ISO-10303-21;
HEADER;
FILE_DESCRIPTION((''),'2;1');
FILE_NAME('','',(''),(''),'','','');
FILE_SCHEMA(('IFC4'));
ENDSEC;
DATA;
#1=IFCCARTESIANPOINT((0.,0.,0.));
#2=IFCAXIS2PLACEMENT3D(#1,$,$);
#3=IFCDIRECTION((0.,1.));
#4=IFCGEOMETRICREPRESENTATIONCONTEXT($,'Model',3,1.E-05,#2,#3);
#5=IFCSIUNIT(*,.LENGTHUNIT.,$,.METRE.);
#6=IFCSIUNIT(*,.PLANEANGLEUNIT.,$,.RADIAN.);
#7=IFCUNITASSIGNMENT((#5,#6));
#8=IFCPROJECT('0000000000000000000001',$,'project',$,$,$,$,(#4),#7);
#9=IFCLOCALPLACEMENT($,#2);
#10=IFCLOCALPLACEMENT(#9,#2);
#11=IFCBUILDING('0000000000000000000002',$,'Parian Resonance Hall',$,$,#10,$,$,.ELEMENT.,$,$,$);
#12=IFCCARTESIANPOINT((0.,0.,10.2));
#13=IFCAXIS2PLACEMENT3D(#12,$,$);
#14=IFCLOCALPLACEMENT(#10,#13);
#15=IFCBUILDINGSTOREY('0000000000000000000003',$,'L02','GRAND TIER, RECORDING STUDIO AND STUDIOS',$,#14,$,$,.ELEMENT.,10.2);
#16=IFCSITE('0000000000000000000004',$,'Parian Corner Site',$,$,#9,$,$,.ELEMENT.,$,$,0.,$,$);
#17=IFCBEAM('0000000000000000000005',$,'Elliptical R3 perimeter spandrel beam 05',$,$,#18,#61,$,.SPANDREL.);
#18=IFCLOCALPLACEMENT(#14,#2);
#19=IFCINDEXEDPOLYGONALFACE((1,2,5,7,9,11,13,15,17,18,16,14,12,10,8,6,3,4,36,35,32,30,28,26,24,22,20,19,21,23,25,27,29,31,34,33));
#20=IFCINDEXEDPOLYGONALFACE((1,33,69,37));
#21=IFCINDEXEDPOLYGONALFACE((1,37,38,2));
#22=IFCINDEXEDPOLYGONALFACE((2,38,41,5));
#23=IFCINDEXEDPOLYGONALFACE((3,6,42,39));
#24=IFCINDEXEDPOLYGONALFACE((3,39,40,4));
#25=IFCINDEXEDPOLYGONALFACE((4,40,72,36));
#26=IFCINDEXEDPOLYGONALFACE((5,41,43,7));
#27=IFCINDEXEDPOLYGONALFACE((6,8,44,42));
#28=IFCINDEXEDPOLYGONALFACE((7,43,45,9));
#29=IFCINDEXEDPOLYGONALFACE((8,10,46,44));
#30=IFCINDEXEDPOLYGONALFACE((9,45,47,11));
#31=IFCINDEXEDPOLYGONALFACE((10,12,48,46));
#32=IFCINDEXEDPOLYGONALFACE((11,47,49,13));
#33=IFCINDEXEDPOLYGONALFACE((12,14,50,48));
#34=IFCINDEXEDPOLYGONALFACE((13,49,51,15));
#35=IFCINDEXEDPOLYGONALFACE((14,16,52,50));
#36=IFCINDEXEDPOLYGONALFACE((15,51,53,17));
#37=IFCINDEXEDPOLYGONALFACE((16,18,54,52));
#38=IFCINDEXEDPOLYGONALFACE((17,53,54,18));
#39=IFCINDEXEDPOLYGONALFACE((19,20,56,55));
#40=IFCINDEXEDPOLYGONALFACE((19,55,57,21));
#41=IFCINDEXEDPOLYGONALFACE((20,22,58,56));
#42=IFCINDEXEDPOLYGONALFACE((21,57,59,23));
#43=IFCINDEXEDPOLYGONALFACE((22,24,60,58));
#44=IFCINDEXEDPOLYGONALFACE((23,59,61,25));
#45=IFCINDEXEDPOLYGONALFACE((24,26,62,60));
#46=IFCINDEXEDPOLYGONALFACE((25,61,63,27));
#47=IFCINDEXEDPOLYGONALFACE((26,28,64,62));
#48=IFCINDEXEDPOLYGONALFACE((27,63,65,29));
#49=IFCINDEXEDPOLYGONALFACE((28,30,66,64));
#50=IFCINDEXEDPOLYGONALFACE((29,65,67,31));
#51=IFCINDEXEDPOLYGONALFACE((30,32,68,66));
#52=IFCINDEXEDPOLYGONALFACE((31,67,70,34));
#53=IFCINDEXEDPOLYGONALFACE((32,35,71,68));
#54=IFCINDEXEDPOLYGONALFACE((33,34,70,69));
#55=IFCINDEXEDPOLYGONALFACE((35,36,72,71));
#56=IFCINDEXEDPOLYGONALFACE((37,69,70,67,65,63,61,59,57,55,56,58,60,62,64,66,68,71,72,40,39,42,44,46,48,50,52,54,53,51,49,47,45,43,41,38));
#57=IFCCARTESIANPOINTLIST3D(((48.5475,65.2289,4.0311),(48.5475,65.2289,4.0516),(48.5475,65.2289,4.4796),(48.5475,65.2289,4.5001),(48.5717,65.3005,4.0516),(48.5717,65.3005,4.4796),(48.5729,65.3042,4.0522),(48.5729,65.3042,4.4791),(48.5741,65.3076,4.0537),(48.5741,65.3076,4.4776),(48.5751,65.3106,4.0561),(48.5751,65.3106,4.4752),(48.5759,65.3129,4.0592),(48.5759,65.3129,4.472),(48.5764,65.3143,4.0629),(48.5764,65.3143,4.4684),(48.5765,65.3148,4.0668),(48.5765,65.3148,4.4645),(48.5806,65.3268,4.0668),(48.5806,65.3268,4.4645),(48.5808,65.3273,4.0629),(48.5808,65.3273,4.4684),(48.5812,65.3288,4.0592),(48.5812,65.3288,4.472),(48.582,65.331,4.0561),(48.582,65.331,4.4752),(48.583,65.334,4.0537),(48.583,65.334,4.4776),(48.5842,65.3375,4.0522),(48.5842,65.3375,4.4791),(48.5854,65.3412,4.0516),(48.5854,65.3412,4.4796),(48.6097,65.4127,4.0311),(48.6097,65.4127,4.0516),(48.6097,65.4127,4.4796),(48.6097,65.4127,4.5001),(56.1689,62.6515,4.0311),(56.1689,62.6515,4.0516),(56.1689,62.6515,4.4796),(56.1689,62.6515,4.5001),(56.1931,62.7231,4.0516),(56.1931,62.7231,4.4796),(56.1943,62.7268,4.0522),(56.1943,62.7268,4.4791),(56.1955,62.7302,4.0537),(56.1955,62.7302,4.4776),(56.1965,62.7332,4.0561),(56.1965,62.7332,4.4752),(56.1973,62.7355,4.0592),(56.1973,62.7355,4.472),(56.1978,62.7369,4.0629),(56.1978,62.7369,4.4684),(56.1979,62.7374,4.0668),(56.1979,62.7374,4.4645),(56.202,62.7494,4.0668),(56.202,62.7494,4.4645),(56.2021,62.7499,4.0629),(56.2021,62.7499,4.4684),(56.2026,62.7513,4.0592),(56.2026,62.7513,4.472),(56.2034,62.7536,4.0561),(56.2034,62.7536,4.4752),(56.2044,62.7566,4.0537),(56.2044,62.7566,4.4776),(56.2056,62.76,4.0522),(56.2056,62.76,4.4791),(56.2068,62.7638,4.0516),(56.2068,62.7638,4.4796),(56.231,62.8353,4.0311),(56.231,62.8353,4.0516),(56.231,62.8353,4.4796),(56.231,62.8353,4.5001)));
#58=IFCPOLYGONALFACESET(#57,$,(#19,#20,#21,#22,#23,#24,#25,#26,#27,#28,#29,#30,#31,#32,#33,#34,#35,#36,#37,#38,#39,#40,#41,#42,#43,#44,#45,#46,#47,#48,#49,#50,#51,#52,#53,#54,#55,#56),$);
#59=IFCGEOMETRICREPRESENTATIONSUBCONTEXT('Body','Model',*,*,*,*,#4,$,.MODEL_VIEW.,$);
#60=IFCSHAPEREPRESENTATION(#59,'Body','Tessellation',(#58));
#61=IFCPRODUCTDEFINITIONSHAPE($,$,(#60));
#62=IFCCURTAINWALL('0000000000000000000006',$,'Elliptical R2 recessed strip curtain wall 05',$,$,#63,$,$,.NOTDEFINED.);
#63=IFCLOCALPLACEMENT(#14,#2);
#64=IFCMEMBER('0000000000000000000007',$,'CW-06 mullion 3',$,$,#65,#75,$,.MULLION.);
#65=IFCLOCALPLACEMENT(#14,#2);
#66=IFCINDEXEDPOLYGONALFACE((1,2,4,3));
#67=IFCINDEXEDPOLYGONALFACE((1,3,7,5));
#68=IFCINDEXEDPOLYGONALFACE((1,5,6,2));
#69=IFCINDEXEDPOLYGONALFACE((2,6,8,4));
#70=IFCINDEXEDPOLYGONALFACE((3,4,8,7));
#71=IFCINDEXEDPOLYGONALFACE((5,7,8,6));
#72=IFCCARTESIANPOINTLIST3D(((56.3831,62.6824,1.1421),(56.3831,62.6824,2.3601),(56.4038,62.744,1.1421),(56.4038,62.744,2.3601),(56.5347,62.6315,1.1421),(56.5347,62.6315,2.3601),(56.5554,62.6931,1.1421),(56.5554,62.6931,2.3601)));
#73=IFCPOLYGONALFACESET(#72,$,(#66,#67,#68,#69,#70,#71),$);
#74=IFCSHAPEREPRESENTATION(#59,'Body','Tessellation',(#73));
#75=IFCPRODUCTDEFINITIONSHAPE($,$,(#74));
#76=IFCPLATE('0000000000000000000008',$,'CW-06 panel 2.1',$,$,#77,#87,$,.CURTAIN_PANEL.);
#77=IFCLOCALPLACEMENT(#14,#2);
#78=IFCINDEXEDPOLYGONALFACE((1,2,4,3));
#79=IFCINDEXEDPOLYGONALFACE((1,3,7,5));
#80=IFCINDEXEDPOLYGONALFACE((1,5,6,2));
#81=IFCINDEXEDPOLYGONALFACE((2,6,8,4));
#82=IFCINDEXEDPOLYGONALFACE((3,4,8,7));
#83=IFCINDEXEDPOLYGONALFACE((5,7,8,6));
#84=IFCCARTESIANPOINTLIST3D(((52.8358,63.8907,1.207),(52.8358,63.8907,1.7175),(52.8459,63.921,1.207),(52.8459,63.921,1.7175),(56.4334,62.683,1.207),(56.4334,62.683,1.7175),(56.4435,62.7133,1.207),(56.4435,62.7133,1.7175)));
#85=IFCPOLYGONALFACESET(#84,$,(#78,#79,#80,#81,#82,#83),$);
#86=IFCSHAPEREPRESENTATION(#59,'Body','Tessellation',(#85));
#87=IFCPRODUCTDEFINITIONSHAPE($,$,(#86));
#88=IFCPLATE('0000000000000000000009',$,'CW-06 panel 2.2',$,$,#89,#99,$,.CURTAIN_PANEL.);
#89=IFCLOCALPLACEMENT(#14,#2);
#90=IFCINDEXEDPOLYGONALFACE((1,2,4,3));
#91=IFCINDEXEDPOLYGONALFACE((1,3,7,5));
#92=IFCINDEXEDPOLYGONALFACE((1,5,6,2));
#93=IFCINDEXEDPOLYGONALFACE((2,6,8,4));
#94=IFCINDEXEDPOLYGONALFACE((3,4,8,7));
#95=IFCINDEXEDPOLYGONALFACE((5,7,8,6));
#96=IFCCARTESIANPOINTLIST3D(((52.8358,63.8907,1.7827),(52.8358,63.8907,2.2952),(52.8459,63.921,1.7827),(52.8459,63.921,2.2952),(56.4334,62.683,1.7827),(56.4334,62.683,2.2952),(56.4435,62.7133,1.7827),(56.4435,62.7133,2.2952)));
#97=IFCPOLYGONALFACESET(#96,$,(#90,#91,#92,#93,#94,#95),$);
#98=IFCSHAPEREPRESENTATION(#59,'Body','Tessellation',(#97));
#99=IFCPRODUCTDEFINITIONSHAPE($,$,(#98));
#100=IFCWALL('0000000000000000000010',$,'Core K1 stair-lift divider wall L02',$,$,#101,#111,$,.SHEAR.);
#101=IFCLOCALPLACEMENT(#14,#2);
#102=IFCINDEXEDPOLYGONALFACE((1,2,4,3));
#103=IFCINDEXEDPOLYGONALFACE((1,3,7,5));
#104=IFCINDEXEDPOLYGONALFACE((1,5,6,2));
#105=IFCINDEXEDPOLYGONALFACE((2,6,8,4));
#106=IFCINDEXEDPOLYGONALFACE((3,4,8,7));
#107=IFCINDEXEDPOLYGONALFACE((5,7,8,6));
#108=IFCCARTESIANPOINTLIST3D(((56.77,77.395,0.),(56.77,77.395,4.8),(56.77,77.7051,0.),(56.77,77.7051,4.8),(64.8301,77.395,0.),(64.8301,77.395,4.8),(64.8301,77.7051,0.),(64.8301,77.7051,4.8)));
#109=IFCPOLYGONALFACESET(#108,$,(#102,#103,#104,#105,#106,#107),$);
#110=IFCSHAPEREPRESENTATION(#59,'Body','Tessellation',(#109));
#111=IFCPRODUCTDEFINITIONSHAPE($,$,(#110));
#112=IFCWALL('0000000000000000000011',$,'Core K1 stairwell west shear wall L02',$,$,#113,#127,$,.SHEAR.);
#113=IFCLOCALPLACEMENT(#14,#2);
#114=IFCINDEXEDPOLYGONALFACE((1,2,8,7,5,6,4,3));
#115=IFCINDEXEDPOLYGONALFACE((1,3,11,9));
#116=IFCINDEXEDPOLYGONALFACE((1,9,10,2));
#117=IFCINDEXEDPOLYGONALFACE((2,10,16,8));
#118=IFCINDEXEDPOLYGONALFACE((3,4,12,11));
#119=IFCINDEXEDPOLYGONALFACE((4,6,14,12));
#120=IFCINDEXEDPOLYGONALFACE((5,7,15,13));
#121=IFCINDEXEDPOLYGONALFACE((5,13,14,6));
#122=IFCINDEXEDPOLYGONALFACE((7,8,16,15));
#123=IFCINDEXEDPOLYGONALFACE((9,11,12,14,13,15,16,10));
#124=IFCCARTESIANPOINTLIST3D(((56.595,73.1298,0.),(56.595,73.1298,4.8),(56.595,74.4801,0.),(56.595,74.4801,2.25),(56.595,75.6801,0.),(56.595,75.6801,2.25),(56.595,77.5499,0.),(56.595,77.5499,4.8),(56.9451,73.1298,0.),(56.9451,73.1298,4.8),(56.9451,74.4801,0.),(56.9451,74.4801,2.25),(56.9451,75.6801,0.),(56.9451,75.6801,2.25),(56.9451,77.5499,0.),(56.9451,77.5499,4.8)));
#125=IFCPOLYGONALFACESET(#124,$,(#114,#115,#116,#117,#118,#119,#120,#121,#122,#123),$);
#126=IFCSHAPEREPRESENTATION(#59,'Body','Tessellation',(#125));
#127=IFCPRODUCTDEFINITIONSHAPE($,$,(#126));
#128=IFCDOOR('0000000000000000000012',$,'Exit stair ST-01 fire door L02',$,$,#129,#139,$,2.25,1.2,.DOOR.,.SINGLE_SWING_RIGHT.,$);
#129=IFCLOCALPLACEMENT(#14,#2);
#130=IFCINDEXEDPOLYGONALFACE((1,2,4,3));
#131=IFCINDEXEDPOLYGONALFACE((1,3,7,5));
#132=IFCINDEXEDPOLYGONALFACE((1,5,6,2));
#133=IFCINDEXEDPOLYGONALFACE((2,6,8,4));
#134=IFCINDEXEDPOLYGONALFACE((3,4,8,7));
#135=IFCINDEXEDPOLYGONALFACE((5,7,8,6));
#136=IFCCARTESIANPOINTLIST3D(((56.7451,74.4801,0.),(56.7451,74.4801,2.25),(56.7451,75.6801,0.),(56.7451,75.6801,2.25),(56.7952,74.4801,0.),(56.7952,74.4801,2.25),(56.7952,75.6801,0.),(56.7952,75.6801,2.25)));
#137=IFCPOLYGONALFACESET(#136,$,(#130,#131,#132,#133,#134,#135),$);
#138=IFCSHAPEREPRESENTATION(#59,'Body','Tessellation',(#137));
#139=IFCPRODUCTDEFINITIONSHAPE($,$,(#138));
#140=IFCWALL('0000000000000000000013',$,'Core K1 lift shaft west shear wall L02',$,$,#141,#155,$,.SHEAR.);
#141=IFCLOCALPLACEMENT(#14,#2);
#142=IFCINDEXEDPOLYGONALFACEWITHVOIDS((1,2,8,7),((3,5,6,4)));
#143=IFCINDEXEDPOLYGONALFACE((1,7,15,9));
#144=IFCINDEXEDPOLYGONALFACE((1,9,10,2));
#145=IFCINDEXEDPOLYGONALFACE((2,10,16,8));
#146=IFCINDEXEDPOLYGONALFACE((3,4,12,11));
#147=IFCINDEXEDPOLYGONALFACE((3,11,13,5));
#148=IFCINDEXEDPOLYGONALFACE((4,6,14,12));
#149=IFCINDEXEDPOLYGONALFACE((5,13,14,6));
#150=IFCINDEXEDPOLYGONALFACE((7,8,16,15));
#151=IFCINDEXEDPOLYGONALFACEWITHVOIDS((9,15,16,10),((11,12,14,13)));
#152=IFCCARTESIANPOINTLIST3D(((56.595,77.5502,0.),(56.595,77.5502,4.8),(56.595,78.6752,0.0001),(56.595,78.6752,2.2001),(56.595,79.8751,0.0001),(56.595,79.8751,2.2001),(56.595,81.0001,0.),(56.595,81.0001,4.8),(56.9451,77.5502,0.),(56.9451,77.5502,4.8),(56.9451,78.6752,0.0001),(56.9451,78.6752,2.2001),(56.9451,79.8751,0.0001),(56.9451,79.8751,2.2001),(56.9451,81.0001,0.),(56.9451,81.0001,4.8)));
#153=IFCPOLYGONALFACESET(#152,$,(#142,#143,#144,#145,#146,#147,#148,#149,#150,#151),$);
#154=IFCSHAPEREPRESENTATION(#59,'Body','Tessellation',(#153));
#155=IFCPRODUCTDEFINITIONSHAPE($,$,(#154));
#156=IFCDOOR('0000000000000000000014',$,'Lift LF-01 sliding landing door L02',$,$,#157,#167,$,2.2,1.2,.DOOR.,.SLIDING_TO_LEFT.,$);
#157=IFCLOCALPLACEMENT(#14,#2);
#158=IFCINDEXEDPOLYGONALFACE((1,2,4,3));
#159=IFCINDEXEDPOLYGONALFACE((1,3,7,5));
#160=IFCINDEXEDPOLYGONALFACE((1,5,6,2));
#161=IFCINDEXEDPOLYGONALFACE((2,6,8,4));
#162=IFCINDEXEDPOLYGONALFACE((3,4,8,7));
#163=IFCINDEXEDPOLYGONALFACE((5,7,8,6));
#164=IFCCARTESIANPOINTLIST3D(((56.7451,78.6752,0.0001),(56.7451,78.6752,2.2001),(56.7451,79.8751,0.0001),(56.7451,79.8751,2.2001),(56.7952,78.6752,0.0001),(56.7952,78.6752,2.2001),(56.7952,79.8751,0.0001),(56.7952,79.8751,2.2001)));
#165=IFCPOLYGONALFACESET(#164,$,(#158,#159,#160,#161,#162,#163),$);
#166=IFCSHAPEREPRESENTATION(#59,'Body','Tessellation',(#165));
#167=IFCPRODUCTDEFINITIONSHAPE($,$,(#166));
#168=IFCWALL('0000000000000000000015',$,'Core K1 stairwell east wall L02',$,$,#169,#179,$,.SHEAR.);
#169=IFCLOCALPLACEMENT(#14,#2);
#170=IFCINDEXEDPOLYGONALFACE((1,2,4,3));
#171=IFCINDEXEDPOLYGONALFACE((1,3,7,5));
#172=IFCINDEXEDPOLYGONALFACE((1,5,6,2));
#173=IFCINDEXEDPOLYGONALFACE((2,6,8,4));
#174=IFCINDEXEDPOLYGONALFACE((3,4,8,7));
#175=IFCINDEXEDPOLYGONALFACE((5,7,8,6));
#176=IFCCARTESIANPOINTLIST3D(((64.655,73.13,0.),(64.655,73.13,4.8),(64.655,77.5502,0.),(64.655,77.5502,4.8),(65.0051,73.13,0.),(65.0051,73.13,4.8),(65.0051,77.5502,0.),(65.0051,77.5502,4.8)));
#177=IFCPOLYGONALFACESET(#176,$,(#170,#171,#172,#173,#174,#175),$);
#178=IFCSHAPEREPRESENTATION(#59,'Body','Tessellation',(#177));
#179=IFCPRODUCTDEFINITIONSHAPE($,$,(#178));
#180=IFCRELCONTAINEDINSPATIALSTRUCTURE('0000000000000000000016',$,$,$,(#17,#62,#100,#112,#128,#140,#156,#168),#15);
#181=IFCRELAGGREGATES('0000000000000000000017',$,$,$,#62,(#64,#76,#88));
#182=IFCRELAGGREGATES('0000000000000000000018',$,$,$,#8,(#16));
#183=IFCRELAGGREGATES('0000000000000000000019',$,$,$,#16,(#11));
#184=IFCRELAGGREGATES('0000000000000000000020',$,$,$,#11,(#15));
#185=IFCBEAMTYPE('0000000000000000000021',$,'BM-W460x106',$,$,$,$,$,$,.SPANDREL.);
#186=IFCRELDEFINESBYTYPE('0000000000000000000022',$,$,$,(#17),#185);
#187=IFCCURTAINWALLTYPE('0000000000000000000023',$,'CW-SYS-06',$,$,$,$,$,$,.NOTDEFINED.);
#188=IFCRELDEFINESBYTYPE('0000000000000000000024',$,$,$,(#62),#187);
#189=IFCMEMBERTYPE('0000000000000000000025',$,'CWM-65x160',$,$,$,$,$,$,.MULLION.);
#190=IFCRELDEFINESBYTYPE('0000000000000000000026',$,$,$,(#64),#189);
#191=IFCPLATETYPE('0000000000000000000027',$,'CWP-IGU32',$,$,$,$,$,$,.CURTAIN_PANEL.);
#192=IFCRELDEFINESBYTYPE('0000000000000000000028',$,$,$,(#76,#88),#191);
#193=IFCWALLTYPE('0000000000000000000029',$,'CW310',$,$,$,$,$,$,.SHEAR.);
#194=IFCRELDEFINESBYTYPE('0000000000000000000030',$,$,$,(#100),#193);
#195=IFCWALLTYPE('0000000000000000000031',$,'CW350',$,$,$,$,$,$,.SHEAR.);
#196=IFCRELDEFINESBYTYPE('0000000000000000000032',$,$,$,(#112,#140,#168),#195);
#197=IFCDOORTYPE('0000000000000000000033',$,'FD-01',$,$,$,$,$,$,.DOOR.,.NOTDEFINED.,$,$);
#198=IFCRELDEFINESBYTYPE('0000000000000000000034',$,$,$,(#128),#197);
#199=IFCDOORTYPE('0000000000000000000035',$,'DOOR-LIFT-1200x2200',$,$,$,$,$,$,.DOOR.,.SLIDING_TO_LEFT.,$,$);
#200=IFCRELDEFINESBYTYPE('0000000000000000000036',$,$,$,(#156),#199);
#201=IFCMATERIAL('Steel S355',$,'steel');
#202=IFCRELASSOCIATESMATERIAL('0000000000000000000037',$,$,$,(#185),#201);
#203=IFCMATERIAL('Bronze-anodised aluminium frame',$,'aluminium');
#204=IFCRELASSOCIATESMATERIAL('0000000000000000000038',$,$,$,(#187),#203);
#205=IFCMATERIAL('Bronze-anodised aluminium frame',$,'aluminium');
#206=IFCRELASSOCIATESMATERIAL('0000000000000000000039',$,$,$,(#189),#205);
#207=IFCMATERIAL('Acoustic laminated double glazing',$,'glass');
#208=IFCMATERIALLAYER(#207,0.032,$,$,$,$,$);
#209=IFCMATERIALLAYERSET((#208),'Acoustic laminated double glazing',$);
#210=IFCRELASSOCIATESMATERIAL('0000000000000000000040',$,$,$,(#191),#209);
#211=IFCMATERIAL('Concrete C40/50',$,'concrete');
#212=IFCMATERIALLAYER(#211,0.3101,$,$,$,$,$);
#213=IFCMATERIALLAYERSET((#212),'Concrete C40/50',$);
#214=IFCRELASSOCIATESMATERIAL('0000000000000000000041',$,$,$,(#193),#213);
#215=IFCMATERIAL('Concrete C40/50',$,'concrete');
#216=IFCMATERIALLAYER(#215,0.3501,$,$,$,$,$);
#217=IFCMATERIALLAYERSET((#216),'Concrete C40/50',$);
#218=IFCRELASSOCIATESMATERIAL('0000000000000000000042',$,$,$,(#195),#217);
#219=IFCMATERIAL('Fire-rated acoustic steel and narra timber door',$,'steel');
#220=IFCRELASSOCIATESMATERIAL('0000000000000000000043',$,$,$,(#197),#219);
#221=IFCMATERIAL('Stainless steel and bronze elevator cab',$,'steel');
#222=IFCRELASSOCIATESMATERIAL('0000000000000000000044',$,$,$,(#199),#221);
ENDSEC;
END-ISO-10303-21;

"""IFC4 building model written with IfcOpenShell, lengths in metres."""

from ifc_helpers import new_model, si_unit, direction, frame, frame_2d, origin, origin_2d, place, context, subcontext, project, spatial, rectangle, i_section, extrude, material, layer, layer_set, material_profile, profile_set, type_object, element, fill, aggregate, save


model = new_model("IFC4")

# Units and contexts
model_context = context("Model", 3, precision=1e-05, world=origin(), true_north=direction((0.0, 1.0)))
body_context = subcontext(model_context, "Body", "Model", "MODEL_VIEW")
ifc_project = project(units=[si_unit("LENGTHUNIT", "METRE"), si_unit("PLANEANGLEUNIT", "RADIAN")], contexts=[model_context])

# Site, building, storey
site_placement = place(None, origin())
site = spatial("IfcSite", under=ifc_project, at=site_placement, Name="Parian Corner Site", CompositionType="ELEMENT", RefElevation=0.0)
building_placement = place(site_placement, origin())
building = spatial("IfcBuilding", under=site, at=building_placement, Name="Parian Resonance Hall", CompositionType="ELEMENT")
storey_placement = place(building_placement, frame((0.0, 0.0, 10.2)))
storey = spatial("IfcBuildingStorey", under=building, at=storey_placement, Name="L02", Description="GRAND TIER, RECORDING STUDIO AND STUDIOS", CompositionType="ELEMENT", Elevation=10.2)

# Beam
ifc_material_1 = material(Name="Steel S355", Category="steel")
ifc_material_profile_1 = material_profile(ifc_material_1, i_section(OverallWidth=0.1941, OverallDepth=0.469, WebThickness=0.0127, FlangeThickness=0.0205, FilletRadius=0.0151, at=origin_2d()), Name="W460x106")
ifc_profile_set_1 = profile_set([ifc_material_profile_1], Name="Steel S355")
beam_type_1 = type_object("IfcBeamType", Name="BM-W460x106", PredefinedType="SPANDREL", material=ifc_profile_set_1)
beam_1_placement = place(storey_placement, frame((56.2, 62.7434, 4.2656), z_axis=(-0.947297, 0.320358, 0.0), x_axis=(-0.320358, -0.947297, 0.0)))
element("IfcBeam", 1, at=beam_1_placement, inside=storey, type_object=beam_type_1, Name="Elliptical R3 perimeter spandrel beam 05", PredefinedType="SPANDREL", context=body_context, shape_type="SweptSolid", body=[
    extrude(i_section(OverallWidth=0.1941, OverallDepth=0.469, WebThickness=0.0127, FlangeThickness=0.0205, FilletRadius=0.0151, at=origin_2d()), origin(), (0.0, 0.0, 1.0), 8.0454),
])

# Curtain wall, member, plates
ifc_material_2 = material(Name="Bronze-anodised aluminium frame", Category="aluminium")
curtain_wall_type = type_object("IfcCurtainWallType", Name="CW-SYS-06", PredefinedType="NOTDEFINED", material=ifc_material_2)
curtain_wall_placement = place(storey_placement, origin())
curtain_wall = element("IfcCurtainWall", 2, at=curtain_wall_placement, inside=storey, type_object=curtain_wall_type, Name="Elliptical R2 recessed strip curtain wall 05", PredefinedType="NOTDEFINED")
ifc_material_3 = material(Name="Bronze-anodised aluminium frame", Category="aluminium")
ifc_material_profile_2 = material_profile(ifc_material_3, rectangle(XDim=0.0649, YDim=0.1599, at=origin_2d()), Name="CWM-65x160")
ifc_profile_set_2 = profile_set([ifc_material_profile_2], Name="Bronze-anodised aluminium frame")
member_type = type_object("IfcMemberType", Name="CWM-65x160", PredefinedType="MULLION", material=ifc_profile_set_2)
member_placement = place(storey_placement, frame((56.4692, 62.6877, 1.1421), z_axis=(0.0, 0.0, 1.0), x_axis=(0.318258, 0.948004, 0.0)))
member = element("IfcMember", 3, at=member_placement, type_object=member_type, Name="CW-06 mullion 3", PredefinedType="MULLION", context=body_context, shape_type="SweptSolid", body=[
    extrude(rectangle(XDim=0.0649, YDim=0.1599, at=origin_2d()), origin(), (0.0, 0.0, 1.0), 1.218),
])
ifc_material_4 = material(Name="Acoustic laminated double glazing", Category="glass")
ifc_layer_1 = layer(ifc_material_4, 0.032)
ifc_layer_set_1 = layer_set([ifc_layer_1], Name="Acoustic laminated double glazing")
plate_type = type_object("IfcPlateType", Name="CWP-IGU32", PredefinedType="CURTAIN_PANEL", material=ifc_layer_set_1)
plate_1_placement = place(storey_placement, frame((54.6396, 63.302, 1.207), z_axis=(0.0, 0.0, 1.0), x_axis=(0.948004, -0.318258, 0.0)))
plate_1 = element("IfcPlate", 4, at=plate_1_placement, type_object=plate_type, Name="CW-06 panel 2.1", PredefinedType="CURTAIN_PANEL", context=body_context, shape_type="SweptSolid", body=[
    extrude(rectangle(XDim=3.7949, YDim=0.032, at=origin_2d()), origin(), (0.0, 0.0, 1.0), 0.5105),
])
plate_2_placement = place(storey_placement, frame((54.6396, 63.302, 1.7827), z_axis=(0.0, 0.0, 1.0), x_axis=(0.948004, -0.318258, 0.0)))
plate_2 = element("IfcPlate", 5, at=plate_2_placement, type_object=plate_type, Name="CW-06 panel 2.2", PredefinedType="CURTAIN_PANEL", context=body_context, shape_type="SweptSolid", body=[
    extrude(rectangle(XDim=3.7949, YDim=0.032, at=origin_2d()), origin(), (0.0, 0.0, 1.0), 0.5125),
])
aggregate(curtain_wall, [member, plate_1, plate_2])

# Wall
ifc_material_5 = material(Name="Concrete C40/50", Category="concrete")
ifc_layer_2 = layer(ifc_material_5, 0.3101)
ifc_layer_set_2 = layer_set([ifc_layer_2], Name="Concrete C40/50")
wall_type_1 = type_object("IfcWallType", Name="CW310", PredefinedType="SHEAR", material=ifc_layer_set_2)
wall_1_placement = place(storey_placement, frame((56.77, 77.55, 0.0), z_axis=(0.0, 0.0, 1.0), x_axis=(1.0, 0.0, 0.0)))
element("IfcWall", 6, at=wall_1_placement, inside=storey, type_object=wall_type_1, Name="Core K1 stair-lift divider wall L02", PredefinedType="SHEAR", context=body_context, shape_type="SweptSolid", body=[
    extrude(rectangle(XDim=8.0601, YDim=0.3101, at=frame_2d((4.03, 0.0))), origin(), (0.0, 0.0, 1.0), 4.8),
])

# Walls, openings, doors
ifc_material_6 = material(Name="Concrete C40/50", Category="concrete")
ifc_layer_3 = layer(ifc_material_6, 0.3501)
ifc_layer_set_3 = layer_set([ifc_layer_3], Name="Concrete C40/50")
wall_type_2 = type_object("IfcWallType", Name="CW350", PredefinedType="SHEAR", material=ifc_layer_set_3)
wall_2_placement = place(storey_placement, frame((56.77, 73.1299, 0.0), z_axis=(0.0, 0.0, 1.0), x_axis=(0.0, 1.0, 0.0)))
wall_2 = element("IfcWall", 7, at=wall_2_placement, inside=storey, type_object=wall_type_2, Name="Core K1 stairwell west shear wall L02", PredefinedType="SHEAR", context=body_context, shape_type="SweptSolid", body=[
    extrude(rectangle(XDim=4.4202, YDim=0.3501, at=frame_2d((2.21, 0.0))), origin(), (0.0, 0.0, 1.0), 4.8),
])
opening_1_placement = place(wall_2_placement, frame((1.3501, 0.0, 0.0)))
opening_1 = element("IfcOpeningElement", 8, at=opening_1_placement, cuts=wall_2, PredefinedType="OPENING", context=body_context, shape_type="SweptSolid", body=[
    extrude(rectangle(XDim=1.2, YDim=2.25, at=frame_2d((0.6001, 1.125))), frame((0.0, 0.1851, 0.0), z_axis=(0.0, -1.0, 0.0), x_axis=(1.0, 0.0, 0.0)), (0.0, 0.0, 1.0), 0.3701),
])
ifc_material_7 = material(Name="Fire-rated acoustic steel and narra timber door", Category="steel")
door_type_1 = type_object("IfcDoorType", Name="FD-01", OperationType="NOTDEFINED", PredefinedType="DOOR", material=ifc_material_7)
door_1_placement = place(opening_1_placement, origin())
door_1 = element("IfcDoor", 9, at=door_1_placement, inside=storey, type_object=door_type_1, Name="Exit stair ST-01 fire door L02", OperationType="SINGLE_SWING_RIGHT", OverallHeight=2.25, OverallWidth=1.2, PredefinedType="DOOR", context=body_context, shape_type="SweptSolid", body=[
    extrude(rectangle(XDim=1.2, YDim=2.25, at=frame_2d((0.6001, 1.125))), frame((0.0, 0.0249, 0.0), z_axis=(0.0, -1.0, 0.0), x_axis=(1.0, 0.0, 0.0)), (0.0, 0.0, 1.0), 0.05),
])
fill(opening_1, door_1)
wall_3_placement = place(storey_placement, frame((56.77, 77.55, 0.0), z_axis=(0.0, 0.0, 1.0), x_axis=(0.0, 1.0, 0.0)))
wall_3 = element("IfcWall", 10, at=wall_3_placement, inside=storey, type_object=wall_type_2, Name="Core K1 lift shaft west shear wall L02", PredefinedType="SHEAR", context=body_context, shape_type="SweptSolid", body=[
    extrude(rectangle(XDim=3.45, YDim=0.3501, at=frame_2d((1.7251, 0.0))), origin(), (0.0, 0.0, 1.0), 4.8),
])
opening_2_placement = place(wall_3_placement, frame((1.125, 0.0, 0.0)))
opening_2 = element("IfcOpeningElement", 11, at=opening_2_placement, cuts=wall_3, PredefinedType="OPENING", context=body_context, shape_type="SweptSolid", body=[
    extrude(rectangle(XDim=1.2, YDim=2.2, at=frame_2d((0.6001, 1.1001))), frame((0.0, 0.1851, 0.0), z_axis=(0.0, -1.0, 0.0), x_axis=(1.0, 0.0, 0.0)), (0.0, 0.0, 1.0), 0.3701),
])
ifc_material_8 = material(Name="Stainless steel and bronze elevator cab", Category="steel")
door_type_2 = type_object("IfcDoorType", Name="DOOR-LIFT-1200x2200", OperationType="SLIDING_TO_LEFT", PredefinedType="DOOR", material=ifc_material_8)
door_2_placement = place(opening_2_placement, origin())
door_2 = element("IfcDoor", 12, at=door_2_placement, inside=storey, type_object=door_type_2, Name="Lift LF-01 sliding landing door L02", OperationType="SLIDING_TO_LEFT", OverallHeight=2.2, OverallWidth=1.2, PredefinedType="DOOR", context=body_context, shape_type="SweptSolid", body=[
    extrude(rectangle(XDim=1.2, YDim=2.2, at=frame_2d((0.6001, 1.1001))), frame((0.0, 0.0249, 0.0), z_axis=(0.0, -1.0, 0.0), x_axis=(1.0, 0.0, 0.0)), (0.0, 0.0, 1.0), 0.05),
])
fill(opening_2, door_2)

# Wall
wall_4_placement = place(storey_placement, frame((64.8301, 77.55, 0.0), z_axis=(0.0, 0.0, 1.0), x_axis=(0.0, -1.0, 0.0)))
element("IfcWall", 13, at=wall_4_placement, inside=storey, type_object=wall_type_2, Name="Core K1 stairwell east wall L02", PredefinedType="SHEAR", context=body_context, shape_type="SweptSolid", body=[
    extrude(rectangle(XDim=4.4202, YDim=0.3501, at=frame_2d((2.21, 0.0))), origin(), (0.0, 0.0, 1.0), 4.8),
])

save(model, "model.ifc")
